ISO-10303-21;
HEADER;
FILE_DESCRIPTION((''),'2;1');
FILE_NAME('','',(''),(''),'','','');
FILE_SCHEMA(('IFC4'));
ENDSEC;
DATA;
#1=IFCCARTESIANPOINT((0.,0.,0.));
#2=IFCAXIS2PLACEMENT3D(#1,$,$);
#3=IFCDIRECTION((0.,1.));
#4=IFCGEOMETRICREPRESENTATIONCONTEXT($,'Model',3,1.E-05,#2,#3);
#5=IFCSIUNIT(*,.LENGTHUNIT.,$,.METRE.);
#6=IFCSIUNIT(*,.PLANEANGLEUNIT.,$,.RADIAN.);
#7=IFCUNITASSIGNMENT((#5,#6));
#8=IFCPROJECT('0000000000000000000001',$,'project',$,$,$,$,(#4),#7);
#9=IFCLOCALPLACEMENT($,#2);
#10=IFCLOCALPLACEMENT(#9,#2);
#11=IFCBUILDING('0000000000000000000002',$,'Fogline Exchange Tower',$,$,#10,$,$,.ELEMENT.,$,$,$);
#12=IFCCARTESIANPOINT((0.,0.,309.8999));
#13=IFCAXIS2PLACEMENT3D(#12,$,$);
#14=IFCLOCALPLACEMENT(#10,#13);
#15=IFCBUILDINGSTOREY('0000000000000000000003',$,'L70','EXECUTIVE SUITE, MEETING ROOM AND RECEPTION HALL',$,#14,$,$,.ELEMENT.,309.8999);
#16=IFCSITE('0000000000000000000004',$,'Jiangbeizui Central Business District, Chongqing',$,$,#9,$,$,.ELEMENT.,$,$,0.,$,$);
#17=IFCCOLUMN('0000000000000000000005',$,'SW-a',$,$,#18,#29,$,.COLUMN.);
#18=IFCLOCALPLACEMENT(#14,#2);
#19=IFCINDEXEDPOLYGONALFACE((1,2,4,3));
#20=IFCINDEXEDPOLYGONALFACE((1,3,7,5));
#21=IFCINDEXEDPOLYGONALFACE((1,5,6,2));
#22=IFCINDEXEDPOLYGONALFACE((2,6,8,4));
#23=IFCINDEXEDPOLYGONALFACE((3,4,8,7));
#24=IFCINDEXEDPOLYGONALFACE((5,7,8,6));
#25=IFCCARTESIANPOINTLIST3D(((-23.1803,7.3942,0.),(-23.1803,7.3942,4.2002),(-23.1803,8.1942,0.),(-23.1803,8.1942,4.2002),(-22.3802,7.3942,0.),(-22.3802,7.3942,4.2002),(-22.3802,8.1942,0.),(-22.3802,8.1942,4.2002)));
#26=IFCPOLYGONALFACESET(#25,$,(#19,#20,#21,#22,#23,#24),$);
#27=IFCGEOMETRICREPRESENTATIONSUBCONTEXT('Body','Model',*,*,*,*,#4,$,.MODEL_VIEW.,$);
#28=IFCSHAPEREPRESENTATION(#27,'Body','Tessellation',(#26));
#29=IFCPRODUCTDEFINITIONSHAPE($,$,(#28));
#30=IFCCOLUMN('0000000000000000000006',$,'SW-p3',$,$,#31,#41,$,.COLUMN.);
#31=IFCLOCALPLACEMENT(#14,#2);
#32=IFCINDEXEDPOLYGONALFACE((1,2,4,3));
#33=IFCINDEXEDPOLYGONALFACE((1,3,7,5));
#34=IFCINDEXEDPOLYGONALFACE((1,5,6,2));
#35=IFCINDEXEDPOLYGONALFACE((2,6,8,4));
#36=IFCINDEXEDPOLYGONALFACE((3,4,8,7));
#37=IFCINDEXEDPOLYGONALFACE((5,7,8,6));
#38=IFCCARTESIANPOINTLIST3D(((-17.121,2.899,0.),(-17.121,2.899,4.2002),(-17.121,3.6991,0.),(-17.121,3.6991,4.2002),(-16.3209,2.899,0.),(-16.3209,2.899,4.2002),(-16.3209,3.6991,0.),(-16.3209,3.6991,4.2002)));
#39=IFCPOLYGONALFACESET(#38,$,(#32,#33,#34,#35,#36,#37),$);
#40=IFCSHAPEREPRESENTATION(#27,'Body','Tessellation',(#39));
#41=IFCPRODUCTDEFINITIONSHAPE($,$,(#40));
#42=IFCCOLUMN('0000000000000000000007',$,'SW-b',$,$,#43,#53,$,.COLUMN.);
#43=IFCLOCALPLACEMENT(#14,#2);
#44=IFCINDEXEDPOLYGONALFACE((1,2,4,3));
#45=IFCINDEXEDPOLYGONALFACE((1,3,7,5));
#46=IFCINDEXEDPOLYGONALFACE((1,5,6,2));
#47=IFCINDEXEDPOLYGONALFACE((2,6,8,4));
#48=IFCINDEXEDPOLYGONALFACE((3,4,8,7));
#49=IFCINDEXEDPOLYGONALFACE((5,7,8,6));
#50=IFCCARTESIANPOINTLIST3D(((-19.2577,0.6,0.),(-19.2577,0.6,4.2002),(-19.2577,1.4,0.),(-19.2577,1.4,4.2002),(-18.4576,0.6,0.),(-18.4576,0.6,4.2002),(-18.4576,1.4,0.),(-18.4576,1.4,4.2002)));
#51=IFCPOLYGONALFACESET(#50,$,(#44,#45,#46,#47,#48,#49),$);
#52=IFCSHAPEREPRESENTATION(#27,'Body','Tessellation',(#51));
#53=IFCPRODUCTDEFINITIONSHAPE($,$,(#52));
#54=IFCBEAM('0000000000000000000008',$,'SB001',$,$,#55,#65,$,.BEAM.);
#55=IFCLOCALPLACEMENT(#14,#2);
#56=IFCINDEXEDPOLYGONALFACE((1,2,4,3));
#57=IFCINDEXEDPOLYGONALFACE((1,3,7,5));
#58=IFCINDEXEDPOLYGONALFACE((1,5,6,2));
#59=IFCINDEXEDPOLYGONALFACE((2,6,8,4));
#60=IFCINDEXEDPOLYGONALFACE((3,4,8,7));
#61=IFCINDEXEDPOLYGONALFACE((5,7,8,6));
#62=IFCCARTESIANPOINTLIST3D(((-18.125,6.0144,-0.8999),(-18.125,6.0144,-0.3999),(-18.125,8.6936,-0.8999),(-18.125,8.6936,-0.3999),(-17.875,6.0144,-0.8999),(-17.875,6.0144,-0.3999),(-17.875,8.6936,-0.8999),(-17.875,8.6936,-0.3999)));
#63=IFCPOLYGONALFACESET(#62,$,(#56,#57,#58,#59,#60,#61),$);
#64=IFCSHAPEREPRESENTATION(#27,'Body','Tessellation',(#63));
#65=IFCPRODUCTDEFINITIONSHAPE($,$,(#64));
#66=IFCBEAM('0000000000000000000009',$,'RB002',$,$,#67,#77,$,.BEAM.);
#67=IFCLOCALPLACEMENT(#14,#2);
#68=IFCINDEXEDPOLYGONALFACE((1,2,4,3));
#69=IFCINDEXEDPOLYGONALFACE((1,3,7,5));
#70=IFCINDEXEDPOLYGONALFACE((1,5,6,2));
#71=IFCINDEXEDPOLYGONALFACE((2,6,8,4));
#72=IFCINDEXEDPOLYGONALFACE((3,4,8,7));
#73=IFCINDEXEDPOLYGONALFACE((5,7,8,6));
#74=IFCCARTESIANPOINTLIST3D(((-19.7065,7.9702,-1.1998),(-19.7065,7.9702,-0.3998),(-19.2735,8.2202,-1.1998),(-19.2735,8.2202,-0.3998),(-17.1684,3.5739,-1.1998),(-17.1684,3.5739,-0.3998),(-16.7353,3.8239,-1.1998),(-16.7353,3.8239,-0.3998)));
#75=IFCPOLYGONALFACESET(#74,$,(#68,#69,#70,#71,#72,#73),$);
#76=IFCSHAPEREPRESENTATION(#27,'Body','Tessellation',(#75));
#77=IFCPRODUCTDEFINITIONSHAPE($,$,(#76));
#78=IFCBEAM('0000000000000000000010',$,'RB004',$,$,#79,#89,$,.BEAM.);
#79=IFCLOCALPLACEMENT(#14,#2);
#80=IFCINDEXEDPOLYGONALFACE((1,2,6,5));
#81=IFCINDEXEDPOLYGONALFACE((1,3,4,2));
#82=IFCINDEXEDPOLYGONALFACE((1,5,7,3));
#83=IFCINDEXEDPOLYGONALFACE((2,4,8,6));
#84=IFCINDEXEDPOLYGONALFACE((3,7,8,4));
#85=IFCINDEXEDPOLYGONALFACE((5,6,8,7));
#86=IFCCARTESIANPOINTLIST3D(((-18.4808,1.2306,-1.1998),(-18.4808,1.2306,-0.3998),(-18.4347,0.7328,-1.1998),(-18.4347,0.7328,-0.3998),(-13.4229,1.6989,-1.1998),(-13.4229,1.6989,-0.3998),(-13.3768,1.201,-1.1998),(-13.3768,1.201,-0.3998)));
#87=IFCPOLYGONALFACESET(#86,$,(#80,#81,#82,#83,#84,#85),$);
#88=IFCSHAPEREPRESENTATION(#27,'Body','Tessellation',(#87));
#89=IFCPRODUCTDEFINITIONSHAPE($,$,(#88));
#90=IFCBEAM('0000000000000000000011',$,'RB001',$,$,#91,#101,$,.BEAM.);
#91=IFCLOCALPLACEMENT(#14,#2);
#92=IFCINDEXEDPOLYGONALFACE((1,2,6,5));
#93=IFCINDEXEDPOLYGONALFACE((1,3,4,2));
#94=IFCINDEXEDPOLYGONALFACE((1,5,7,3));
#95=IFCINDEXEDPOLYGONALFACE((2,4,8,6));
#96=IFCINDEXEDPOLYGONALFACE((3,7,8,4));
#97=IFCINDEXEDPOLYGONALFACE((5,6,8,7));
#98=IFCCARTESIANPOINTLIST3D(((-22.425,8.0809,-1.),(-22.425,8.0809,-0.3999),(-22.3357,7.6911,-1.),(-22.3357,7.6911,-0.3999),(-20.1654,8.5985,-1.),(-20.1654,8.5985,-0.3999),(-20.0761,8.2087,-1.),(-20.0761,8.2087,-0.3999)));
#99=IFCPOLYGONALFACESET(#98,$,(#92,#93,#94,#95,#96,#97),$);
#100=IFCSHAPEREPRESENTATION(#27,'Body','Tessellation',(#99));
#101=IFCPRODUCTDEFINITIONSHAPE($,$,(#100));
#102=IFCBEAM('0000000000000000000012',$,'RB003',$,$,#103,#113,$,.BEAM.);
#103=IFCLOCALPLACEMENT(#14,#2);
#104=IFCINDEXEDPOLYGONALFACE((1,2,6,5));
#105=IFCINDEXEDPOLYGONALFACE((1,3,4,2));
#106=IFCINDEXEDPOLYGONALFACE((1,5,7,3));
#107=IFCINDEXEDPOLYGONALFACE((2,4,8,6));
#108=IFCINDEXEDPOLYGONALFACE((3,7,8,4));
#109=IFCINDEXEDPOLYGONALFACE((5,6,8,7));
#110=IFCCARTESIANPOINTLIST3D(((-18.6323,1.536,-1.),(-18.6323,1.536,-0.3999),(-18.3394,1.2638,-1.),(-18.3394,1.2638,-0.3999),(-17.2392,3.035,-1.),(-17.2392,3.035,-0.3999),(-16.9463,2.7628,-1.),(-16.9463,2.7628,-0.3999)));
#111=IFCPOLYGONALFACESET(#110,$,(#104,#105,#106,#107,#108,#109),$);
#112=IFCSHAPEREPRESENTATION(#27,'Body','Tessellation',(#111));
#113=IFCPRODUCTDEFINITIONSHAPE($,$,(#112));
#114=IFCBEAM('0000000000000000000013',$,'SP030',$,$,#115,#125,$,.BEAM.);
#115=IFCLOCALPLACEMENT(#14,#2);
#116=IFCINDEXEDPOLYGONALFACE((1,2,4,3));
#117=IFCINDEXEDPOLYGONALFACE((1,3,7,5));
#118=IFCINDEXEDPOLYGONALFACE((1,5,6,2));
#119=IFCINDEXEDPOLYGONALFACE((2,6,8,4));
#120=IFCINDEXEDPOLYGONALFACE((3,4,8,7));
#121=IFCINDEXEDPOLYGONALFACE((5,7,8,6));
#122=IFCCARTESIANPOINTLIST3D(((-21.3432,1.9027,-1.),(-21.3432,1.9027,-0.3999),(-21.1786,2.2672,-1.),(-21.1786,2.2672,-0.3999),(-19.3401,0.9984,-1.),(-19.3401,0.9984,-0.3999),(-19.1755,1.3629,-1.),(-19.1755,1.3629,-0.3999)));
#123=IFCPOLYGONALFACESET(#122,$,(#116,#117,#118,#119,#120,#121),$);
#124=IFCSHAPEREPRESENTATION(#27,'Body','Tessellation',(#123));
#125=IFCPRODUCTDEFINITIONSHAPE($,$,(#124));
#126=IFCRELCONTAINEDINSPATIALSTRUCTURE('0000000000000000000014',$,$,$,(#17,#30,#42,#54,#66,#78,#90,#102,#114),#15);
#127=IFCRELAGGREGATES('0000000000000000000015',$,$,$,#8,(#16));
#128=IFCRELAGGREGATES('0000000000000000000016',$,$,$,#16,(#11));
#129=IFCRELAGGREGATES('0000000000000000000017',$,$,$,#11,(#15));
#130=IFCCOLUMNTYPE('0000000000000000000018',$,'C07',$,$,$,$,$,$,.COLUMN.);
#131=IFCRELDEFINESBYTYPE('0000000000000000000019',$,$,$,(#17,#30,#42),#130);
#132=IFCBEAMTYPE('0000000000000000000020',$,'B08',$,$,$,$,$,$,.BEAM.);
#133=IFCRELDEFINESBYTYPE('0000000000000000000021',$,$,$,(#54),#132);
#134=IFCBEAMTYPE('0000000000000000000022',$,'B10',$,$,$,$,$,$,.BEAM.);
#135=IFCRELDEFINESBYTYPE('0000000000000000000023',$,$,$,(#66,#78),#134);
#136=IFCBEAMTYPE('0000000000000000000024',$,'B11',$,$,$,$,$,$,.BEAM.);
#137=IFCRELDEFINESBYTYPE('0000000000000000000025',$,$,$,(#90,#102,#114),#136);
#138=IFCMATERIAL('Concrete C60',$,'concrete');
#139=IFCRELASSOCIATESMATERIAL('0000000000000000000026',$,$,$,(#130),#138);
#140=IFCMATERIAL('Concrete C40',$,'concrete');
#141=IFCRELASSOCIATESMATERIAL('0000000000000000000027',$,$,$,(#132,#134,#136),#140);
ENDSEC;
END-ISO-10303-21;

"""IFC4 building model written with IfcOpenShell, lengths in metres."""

from ifc_helpers import new_model, si_unit, direction, frame, origin, origin_2d, place, context, subcontext, project, spatial, rectangle, extrude, material, material_profile, profile_set, type_object, element, save


model = new_model("IFC4")

# Units and contexts
model_context = context("Model", 3, precision=1e-05, world=origin(), true_north=direction((0.0, 1.0)))
body_context = subcontext(model_context, "Body", "Model", "MODEL_VIEW")
ifc_project = project(units=[si_unit("LENGTHUNIT", "METRE"), si_unit("PLANEANGLEUNIT", "RADIAN")], contexts=[model_context])

# Site, building, storey
site_placement = place(None, origin())
site = spatial("IfcSite", under=ifc_project, at=site_placement, Name="Jiangbeizui Central Business District, Chongqing", CompositionType="ELEMENT", RefElevation=0.0)
building_placement = place(site_placement, origin())
building = spatial("IfcBuilding", under=site, at=building_placement, Name="Fogline Exchange Tower", CompositionType="ELEMENT")
storey_placement = place(building_placement, frame((0.0, 0.0, 309.8999)))
storey = spatial("IfcBuildingStorey", under=building, at=storey_placement, Name="L70", Description="EXECUTIVE SUITE, MEETING ROOM AND RECEPTION HALL", CompositionType="ELEMENT", Elevation=309.8999)

# Columns
ifc_material_1 = material(Name="Concrete C60", Category="concrete")
ifc_material_profile_1 = material_profile(ifc_material_1, rectangle(XDim=0.8, YDim=0.8, at=origin_2d()), Name="RC 800x800")
ifc_profile_set_1 = profile_set([ifc_material_profile_1], Name="Concrete C60")
column_type = type_object("IfcColumnType", Name="C07", PredefinedType="COLUMN", material=ifc_profile_set_1)
for number, where, z_axis, x_axis, name in (
    (1, (-22.7803, 7.7942, 0.0), (0.0, 0.0, 1.0), (1.0, 0.0, 0.0), "SW-a"),
    (2, (-16.7209, 3.2991, 0.0), (0.0, 0.0, 1.0), (1.0, 0.0, 0.0), "SW-p3"),
    (3, (-18.8577, 1.0, 0.0), (0.0, 0.0, 1.0), (1.0, 0.0, 0.0), "SW-b"),
):
    element("IfcColumn", number, at=place(storey_placement, frame(where, z_axis=z_axis, x_axis=x_axis)), inside=storey, type_object=column_type, Name=name, PredefinedType="COLUMN", context=body_context, shape_type="SweptSolid", body=[
        extrude(rectangle(XDim=0.8, YDim=0.8, at=origin_2d()), origin(), (0.0, 0.0, 1.0), 4.2002),
    ])

# Beams
ifc_material_2 = material(Name="Concrete C40", Category="concrete")
ifc_material_profile_2 = material_profile(ifc_material_2, rectangle(XDim=0.25, YDim=0.5, at=origin_2d()), Name="RC 250x500")
ifc_profile_set_2 = profile_set([ifc_material_profile_2], Name="Concrete C40")
beam_type_1 = type_object("IfcBeamType", Name="B08", PredefinedType="BEAM", material=ifc_profile_set_2)
beam_1_placement = place(storey_placement, frame((-18.0, 6.0144, -0.6499), z_axis=(0.0, 1.0, 0.0), x_axis=(-1.0, 0.0, 0.0)))
element("IfcBeam", 4, at=beam_1_placement, inside=storey, type_object=beam_type_1, Name="SB001", PredefinedType="BEAM", context=body_context, shape_type="SweptSolid", body=[
    extrude(rectangle(XDim=0.25, YDim=0.5, at=origin_2d()), origin(), (0.0, 0.0, 1.0), 2.6792),
])
ifc_material_profile_3 = material_profile(ifc_material_2, rectangle(XDim=0.5, YDim=0.8, at=origin_2d()), Name="RC 500x800")
ifc_profile_set_3 = profile_set([ifc_material_profile_3], Name="Concrete C40")
beam_type_2 = type_object("IfcBeamType", Name="B10", PredefinedType="BEAM", material=ifc_profile_set_3)
beam_2_placement = place(storey_placement, frame((-19.49, 8.0952, -0.7998), z_axis=(0.499988, -0.866033, 0.0), x_axis=(0.866033, 0.499988, 0.0)))
element("IfcBeam", 5, at=beam_2_placement, inside=storey, type_object=beam_type_2, Name="RB002", PredefinedType="BEAM", context=body_context, shape_type="SweptSolid", body=[
    extrude(rectangle(XDim=0.5, YDim=0.8, at=origin_2d()), origin(), (0.0, 0.0, 1.0), 5.0764),
])
beam_3_placement = place(storey_placement, frame((-18.4578, 0.9817, -0.7998), z_axis=(0.995742, 0.092187, 0.0), x_axis=(-0.092187, 0.995742, 0.0)))
element("IfcBeam", 6, at=beam_3_placement, inside=storey, type_object=beam_type_2, Name="RB004", PredefinedType="BEAM", context=body_context, shape_type="SweptSolid", body=[
    extrude(rectangle(XDim=0.5, YDim=0.8, at=origin_2d()), origin(), (0.0, 0.0, 1.0), 5.0796),
])
ifc_material_profile_4 = material_profile(ifc_material_2, rectangle(XDim=0.3999, YDim=0.6001, at=origin_2d()), Name="RC 400x600")
ifc_profile_set_4 = profile_set([ifc_material_profile_4], Name="Concrete C40")
beam_type_3 = type_object("IfcBeamType", Name="B11", PredefinedType="BEAM", material=ifc_profile_set_4)
beam_4_placement = place(storey_placement, frame((-22.3804, 7.886, -0.7), z_axis=(0.974754, 0.223282, 0.0), x_axis=(-0.223282, 0.974754, 0.0)))
element("IfcBeam", 7, at=beam_4_placement, inside=storey, type_object=beam_type_3, Name="RB001", PredefinedType="BEAM", context=body_context, shape_type="SweptSolid", body=[
    extrude(rectangle(XDim=0.3999, YDim=0.6001, at=origin_2d()), origin(), (0.0, 0.0, 1.0), 2.3181),
])
beam_5_placement = place(storey_placement, frame((-17.0928, 2.8989, -0.7), z_axis=(-0.680744, -0.732521, 0.0), x_axis=(0.732521, -0.680744, 0.0)))
element("IfcBeam", 8, at=beam_5_placement, inside=storey, type_object=beam_type_3, Name="RB003", PredefinedType="BEAM", context=body_context, shape_type="SweptSolid", body=[
    extrude(rectangle(XDim=0.3999, YDim=0.6001, at=origin_2d()), origin(), (0.0, 0.0, 1.0), 2.0464),
])
beam_6_placement = place(storey_placement, frame((-19.2578, 1.1807, -0.7), z_axis=(-0.911432, 0.41145, 0.0), x_axis=(-0.41145, -0.911432, 0.0)))
element("IfcBeam", 9, at=beam_6_placement, inside=storey, type_object=beam_type_3, Name="SP030", PredefinedType="BEAM", context=body_context, shape_type="SweptSolid", body=[
    extrude(rectangle(XDim=0.3999, YDim=0.6001, at=origin_2d()), origin(), (0.0, 0.0, 1.0), 2.1978),
])

save(model, "model.ifc")
